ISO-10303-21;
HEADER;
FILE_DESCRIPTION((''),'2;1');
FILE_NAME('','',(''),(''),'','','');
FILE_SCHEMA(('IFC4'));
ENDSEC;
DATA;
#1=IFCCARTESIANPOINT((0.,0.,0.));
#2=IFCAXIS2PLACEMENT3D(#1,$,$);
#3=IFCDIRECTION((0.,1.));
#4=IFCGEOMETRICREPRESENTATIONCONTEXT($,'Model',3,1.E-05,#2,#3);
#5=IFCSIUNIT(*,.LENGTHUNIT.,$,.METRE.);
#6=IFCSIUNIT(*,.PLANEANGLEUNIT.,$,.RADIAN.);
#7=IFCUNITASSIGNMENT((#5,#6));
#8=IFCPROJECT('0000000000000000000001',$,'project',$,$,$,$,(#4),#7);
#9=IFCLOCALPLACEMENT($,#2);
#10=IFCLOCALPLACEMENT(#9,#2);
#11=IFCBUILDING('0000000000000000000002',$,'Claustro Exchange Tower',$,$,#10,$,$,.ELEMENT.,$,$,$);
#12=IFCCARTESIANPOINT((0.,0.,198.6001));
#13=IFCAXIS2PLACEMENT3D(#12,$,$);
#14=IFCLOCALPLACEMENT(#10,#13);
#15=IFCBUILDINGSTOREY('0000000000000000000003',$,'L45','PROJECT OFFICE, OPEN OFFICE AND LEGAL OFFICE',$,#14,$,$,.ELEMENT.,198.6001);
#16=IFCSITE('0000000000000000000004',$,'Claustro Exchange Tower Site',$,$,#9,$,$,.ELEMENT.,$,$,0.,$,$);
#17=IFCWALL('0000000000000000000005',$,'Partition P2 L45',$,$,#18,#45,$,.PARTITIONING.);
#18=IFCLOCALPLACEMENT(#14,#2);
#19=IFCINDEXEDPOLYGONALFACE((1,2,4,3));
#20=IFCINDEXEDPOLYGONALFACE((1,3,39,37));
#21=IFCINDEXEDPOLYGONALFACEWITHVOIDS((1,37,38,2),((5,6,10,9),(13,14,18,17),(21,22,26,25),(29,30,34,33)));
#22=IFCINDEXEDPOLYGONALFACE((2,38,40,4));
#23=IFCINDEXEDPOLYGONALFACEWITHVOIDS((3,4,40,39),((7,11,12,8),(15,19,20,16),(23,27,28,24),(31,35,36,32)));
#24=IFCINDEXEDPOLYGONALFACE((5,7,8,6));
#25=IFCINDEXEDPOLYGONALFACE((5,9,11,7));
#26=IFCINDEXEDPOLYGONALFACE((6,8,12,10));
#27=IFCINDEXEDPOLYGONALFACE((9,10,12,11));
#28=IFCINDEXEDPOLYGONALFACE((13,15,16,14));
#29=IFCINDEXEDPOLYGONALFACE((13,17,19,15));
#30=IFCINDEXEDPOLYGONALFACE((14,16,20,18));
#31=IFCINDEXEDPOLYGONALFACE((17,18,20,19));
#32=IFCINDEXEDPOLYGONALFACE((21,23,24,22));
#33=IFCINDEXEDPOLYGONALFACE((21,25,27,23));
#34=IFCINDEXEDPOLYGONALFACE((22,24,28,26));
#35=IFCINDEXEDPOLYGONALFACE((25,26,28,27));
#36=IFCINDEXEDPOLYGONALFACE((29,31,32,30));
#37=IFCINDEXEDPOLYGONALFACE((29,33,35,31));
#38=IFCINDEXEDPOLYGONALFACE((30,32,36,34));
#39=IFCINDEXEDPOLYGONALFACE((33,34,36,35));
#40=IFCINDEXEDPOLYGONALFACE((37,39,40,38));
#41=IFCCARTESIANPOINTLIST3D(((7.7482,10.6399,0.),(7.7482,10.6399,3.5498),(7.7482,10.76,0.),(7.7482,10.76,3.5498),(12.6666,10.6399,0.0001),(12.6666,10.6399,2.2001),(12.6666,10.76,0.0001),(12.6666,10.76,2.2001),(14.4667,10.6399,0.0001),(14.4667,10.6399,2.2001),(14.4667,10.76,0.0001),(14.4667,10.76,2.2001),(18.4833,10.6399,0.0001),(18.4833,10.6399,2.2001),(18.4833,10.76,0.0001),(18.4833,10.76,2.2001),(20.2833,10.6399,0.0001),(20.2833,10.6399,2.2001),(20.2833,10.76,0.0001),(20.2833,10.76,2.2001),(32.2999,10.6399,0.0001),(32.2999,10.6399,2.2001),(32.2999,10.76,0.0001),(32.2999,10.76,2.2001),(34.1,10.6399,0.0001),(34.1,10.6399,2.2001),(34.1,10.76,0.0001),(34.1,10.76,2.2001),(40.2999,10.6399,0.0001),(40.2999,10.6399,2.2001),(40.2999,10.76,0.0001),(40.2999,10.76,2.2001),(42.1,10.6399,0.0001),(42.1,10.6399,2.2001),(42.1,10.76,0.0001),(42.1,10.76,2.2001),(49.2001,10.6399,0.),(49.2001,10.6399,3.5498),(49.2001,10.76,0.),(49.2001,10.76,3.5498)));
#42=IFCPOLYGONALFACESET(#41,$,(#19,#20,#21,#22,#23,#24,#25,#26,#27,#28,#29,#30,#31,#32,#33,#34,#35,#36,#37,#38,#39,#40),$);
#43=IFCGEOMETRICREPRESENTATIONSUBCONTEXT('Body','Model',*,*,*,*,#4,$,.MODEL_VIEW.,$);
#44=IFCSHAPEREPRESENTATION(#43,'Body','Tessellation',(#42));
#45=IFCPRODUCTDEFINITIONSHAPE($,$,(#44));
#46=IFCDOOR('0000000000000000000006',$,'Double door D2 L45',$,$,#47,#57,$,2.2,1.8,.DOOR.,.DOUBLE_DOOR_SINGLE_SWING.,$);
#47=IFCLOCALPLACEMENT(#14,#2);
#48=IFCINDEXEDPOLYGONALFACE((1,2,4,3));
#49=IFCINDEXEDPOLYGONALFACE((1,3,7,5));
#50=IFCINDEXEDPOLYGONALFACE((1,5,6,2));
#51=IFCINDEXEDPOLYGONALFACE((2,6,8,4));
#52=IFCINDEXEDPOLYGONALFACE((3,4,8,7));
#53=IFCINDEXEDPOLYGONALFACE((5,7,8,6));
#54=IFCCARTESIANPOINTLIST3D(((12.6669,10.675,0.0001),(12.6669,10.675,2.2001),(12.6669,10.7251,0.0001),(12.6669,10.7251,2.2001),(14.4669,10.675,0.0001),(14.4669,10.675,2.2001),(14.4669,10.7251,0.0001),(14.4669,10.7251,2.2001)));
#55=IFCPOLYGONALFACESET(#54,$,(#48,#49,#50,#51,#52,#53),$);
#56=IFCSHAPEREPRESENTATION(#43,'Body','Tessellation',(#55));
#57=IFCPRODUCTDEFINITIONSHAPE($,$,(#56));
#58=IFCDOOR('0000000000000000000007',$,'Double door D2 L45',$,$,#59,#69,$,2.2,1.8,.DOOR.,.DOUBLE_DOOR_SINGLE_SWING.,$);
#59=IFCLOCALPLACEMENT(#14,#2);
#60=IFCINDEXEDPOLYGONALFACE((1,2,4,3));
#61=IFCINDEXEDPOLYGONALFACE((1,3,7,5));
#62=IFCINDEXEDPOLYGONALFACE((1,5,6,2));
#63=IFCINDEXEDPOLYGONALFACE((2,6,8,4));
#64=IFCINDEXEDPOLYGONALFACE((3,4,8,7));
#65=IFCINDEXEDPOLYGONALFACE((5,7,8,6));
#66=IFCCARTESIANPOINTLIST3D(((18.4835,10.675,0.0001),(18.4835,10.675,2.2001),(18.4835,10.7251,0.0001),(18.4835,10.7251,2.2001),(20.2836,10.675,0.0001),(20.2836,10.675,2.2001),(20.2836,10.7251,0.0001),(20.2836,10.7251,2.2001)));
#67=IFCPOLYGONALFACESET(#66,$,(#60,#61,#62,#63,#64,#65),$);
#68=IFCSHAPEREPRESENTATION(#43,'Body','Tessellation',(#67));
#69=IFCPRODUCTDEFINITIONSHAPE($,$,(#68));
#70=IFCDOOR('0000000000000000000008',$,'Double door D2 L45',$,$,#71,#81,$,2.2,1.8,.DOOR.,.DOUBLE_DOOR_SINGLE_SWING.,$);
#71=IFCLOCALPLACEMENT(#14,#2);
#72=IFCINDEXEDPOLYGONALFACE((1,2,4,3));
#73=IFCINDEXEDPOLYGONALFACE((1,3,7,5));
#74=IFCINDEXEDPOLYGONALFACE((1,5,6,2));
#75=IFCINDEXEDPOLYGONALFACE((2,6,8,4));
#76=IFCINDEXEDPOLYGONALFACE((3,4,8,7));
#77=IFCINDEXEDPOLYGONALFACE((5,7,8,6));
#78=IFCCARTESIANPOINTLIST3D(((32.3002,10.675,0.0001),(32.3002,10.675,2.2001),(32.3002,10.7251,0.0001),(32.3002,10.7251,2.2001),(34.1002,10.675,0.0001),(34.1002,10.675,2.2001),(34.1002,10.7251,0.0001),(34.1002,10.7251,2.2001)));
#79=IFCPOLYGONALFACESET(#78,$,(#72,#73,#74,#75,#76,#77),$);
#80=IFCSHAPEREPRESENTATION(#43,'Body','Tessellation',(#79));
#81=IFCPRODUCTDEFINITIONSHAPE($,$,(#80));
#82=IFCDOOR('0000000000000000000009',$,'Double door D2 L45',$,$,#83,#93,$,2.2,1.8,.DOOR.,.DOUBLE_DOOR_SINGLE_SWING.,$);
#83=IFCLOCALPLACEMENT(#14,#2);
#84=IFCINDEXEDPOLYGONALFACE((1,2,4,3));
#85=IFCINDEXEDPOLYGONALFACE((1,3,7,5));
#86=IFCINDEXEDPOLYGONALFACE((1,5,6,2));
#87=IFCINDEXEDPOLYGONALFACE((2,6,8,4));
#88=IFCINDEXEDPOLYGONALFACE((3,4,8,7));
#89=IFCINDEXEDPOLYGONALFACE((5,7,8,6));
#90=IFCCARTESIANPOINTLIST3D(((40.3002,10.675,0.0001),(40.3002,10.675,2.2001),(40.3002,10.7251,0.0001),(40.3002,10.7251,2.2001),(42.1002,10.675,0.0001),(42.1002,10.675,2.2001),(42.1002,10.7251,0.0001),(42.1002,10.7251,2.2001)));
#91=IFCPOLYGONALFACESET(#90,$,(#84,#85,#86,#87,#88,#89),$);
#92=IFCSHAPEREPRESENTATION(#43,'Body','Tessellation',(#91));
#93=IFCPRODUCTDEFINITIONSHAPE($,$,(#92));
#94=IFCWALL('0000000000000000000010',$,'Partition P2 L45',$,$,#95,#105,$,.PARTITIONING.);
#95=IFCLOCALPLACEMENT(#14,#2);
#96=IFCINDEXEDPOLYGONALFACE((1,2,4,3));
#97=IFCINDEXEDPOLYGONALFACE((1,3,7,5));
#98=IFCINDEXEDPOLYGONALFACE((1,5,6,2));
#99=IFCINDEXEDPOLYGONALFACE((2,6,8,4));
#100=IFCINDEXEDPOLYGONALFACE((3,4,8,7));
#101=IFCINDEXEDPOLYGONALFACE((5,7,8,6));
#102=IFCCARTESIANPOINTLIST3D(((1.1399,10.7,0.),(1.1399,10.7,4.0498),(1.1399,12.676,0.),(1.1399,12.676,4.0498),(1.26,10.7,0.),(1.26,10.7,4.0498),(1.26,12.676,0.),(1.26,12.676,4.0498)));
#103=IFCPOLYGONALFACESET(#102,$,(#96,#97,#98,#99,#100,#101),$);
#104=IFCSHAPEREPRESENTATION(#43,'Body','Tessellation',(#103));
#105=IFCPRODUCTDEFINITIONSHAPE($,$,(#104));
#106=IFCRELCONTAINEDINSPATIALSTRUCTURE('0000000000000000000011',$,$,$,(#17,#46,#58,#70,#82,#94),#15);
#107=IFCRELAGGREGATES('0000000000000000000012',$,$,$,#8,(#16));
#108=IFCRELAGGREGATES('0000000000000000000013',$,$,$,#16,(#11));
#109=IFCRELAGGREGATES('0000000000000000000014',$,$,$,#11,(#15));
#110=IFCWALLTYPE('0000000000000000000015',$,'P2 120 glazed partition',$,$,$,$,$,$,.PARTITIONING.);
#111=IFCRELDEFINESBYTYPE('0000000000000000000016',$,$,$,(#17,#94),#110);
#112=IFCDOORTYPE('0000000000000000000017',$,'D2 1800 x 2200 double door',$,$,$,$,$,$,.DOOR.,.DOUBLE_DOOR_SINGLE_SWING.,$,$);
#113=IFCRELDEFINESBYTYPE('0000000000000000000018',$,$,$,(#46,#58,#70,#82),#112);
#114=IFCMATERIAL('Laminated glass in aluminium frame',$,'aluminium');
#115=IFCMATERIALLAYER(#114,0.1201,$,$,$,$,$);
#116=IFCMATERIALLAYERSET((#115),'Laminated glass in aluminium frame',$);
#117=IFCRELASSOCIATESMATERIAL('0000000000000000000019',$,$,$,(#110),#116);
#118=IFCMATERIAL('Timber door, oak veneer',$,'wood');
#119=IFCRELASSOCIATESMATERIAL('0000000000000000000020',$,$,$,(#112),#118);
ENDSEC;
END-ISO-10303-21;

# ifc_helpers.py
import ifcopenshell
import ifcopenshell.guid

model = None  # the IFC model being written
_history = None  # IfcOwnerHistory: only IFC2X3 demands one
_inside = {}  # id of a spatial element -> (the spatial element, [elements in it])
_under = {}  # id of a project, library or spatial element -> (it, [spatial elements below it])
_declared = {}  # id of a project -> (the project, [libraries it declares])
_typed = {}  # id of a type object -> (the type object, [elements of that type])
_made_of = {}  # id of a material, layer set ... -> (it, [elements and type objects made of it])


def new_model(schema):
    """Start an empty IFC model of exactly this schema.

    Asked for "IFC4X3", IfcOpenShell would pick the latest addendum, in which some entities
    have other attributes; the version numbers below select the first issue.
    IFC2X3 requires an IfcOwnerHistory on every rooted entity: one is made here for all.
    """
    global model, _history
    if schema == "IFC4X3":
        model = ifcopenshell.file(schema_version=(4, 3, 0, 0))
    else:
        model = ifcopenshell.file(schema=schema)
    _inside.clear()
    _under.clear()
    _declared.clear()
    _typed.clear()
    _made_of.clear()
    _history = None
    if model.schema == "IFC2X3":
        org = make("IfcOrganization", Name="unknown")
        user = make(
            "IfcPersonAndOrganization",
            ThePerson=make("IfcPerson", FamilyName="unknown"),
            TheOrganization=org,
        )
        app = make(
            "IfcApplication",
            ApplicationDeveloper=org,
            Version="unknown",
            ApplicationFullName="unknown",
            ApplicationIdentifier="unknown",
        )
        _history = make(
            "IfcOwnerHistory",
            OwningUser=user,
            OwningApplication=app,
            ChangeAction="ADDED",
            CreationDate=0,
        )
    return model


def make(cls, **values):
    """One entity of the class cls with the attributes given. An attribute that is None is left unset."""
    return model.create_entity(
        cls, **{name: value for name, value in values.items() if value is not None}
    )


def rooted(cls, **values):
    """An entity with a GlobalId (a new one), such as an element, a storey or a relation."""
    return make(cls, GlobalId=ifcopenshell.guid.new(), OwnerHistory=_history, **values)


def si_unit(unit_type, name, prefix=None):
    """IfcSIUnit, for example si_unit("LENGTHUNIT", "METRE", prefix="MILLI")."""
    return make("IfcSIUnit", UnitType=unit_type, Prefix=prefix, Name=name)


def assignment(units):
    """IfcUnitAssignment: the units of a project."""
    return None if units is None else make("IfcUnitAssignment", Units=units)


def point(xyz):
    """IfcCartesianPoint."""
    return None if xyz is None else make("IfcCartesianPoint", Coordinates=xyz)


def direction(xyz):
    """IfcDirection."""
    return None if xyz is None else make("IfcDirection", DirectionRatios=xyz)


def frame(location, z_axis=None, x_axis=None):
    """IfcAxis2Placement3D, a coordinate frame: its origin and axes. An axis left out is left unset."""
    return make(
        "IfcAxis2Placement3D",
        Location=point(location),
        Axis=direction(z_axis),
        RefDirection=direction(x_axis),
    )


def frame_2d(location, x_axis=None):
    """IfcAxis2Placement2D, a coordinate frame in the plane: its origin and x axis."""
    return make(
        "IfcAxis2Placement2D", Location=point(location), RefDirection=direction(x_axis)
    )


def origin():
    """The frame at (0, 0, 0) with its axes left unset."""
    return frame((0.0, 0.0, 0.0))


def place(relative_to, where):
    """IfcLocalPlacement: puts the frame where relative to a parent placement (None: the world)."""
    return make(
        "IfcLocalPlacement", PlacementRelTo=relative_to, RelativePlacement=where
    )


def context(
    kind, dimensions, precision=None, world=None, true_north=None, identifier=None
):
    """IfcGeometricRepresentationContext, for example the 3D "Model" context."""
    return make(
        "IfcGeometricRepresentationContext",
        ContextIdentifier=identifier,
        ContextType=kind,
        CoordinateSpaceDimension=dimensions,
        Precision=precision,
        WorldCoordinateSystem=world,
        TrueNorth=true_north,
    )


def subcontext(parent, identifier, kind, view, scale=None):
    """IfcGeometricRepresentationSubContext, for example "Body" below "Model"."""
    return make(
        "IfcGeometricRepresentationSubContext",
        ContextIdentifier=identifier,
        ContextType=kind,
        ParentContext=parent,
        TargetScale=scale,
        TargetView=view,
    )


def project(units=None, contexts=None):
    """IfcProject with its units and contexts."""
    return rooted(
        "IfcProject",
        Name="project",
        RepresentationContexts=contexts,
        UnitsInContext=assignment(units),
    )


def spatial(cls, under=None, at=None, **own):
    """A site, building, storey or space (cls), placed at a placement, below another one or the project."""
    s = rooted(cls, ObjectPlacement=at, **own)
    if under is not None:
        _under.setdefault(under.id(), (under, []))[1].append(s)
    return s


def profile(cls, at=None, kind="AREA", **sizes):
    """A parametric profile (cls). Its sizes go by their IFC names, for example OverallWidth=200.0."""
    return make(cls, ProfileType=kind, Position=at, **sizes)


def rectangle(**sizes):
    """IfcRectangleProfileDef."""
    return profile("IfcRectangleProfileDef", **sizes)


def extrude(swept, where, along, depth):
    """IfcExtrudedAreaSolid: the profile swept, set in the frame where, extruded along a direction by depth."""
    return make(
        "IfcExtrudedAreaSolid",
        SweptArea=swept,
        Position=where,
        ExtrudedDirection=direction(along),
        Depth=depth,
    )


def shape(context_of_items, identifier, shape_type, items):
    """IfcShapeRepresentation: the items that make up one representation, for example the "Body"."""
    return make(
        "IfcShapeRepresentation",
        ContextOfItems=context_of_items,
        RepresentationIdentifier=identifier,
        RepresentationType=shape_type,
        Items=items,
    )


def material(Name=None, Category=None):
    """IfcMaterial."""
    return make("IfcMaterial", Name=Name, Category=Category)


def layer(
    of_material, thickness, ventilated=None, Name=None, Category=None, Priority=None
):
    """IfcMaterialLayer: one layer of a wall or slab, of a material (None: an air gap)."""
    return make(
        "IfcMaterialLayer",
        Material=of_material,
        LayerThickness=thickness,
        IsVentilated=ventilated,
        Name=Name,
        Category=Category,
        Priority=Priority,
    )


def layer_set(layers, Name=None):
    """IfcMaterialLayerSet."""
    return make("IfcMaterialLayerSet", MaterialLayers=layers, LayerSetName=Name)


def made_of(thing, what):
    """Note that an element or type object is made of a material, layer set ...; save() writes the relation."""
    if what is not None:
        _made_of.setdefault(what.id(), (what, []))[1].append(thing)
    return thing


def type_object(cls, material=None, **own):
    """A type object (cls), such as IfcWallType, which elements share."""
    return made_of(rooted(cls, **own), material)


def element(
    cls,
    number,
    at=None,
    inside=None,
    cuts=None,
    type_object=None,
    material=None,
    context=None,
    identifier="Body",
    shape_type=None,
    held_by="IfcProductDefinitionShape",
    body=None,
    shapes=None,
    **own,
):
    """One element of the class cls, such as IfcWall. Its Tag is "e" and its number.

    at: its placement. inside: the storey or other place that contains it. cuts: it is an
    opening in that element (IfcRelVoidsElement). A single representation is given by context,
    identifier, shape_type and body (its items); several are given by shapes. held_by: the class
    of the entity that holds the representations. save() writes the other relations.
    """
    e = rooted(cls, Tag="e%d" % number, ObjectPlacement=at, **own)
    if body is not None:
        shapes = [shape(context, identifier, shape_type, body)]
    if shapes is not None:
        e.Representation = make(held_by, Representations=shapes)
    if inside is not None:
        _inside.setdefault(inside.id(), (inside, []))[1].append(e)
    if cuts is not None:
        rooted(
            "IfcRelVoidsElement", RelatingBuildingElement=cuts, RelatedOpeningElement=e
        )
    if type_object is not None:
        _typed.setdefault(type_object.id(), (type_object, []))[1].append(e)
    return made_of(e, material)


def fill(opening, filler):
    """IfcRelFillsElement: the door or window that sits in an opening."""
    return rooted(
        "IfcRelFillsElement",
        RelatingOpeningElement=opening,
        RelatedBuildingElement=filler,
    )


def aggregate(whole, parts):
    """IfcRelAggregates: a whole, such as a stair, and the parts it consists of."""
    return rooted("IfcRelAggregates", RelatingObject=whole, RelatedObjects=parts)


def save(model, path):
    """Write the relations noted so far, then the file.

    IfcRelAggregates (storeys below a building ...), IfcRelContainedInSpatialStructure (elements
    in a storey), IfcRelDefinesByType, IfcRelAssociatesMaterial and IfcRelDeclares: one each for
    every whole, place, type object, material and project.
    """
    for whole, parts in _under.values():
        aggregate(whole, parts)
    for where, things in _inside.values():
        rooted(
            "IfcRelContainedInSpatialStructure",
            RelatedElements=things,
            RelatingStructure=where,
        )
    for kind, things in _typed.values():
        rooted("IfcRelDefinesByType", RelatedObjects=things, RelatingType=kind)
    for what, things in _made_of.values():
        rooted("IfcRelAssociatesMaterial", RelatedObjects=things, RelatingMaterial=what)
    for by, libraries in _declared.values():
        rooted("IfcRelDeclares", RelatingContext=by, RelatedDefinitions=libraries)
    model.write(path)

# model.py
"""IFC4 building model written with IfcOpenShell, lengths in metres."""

from ifc_helpers import new_model, si_unit, direction, frame, frame_2d, origin, place, context, subcontext, project, spatial, rectangle, extrude, material, layer, layer_set, type_object, element, fill, save


model = new_model("IFC4")

# Units and contexts
model_context = context("Model", 3, precision=1e-05, world=origin(), true_north=direction((0.0, 1.0)))
body_context = subcontext(model_context, "Body", "Model", "MODEL_VIEW")
ifc_project = project(units=[si_unit("LENGTHUNIT", "METRE"), si_unit("PLANEANGLEUNIT", "RADIAN")], contexts=[model_context])

# Site, building, storey
site_placement = place(None, origin())
site = spatial("IfcSite", under=ifc_project, at=site_placement, Name="Claustro Exchange Tower Site", CompositionType="ELEMENT", RefElevation=0.0)
building_placement = place(site_placement, origin())
building = spatial("IfcBuilding", under=site, at=building_placement, Name="Claustro Exchange Tower", CompositionType="ELEMENT")
storey_placement = place(building_placement, frame((0.0, 0.0, 198.6001)))
storey = spatial("IfcBuildingStorey", under=building, at=storey_placement, Name="L45", Description="PROJECT OFFICE, OPEN OFFICE AND LEGAL OFFICE", CompositionType="ELEMENT", Elevation=198.6001)

# Wall, openings, doors
ifc_material_1 = material(Name="Laminated glass in aluminium frame", Category="aluminium")
ifc_layer_1 = layer(ifc_material_1, 0.1201)
ifc_layer_set_1 = layer_set([ifc_layer_1], Name="Laminated glass in aluminium frame")
wall_type_1 = type_object("IfcWallType", Name="P2 120 glazed partition", PredefinedType="PARTITIONING", material=ifc_layer_set_1)
wall_1_placement = place(storey_placement, frame((7.748, 10.7, 0.0), z_axis=(0.0, 0.0, 1.0), x_axis=(1.0, 0.0, 0.0)))
wall_1 = element("IfcWall", 1, at=wall_1_placement, inside=storey, type_object=wall_type_1, Name="Partition P2 L45", PredefinedType="PARTITIONING", context=body_context, shape_type="SweptSolid", body=[
    extrude(rectangle(XDim=41.4519, YDim=0.1201, at=frame_2d((20.7261, 0.0))), origin(), (0.0, 0.0, 1.0), 3.5498),
])
opening_1_placement = place(wall_1_placement, frame((4.9187, 0.0, 0.0)))
opening_1 = element("IfcOpeningElement", 2, at=opening_1_placement, cuts=wall_1, PredefinedType="OPENING", context=body_context, shape_type="SweptSolid", body=[
    extrude(rectangle(XDim=1.8, YDim=2.2, at=frame_2d((0.8999, 1.1001))), frame((0.0, 0.0701, 0.0), z_axis=(0.0, -1.0, 0.0), x_axis=(1.0, 0.0, 0.0)), (0.0, 0.0, 1.0), 0.1401),
])
opening_2_placement = place(wall_1_placement, frame((10.7354, 0.0, 0.0)))
opening_2 = element("IfcOpeningElement", 3, at=opening_2_placement, cuts=wall_1, PredefinedType="OPENING", context=body_context, shape_type="SweptSolid", body=[
    extrude(rectangle(XDim=1.8, YDim=2.2, at=frame_2d((0.8999, 1.1001))), frame((0.0, 0.0701, 0.0), z_axis=(0.0, -1.0, 0.0), x_axis=(1.0, 0.0, 0.0)), (0.0, 0.0, 1.0), 0.1401),
])
opening_3_placement = place(wall_1_placement, frame((24.552, 0.0, 0.0)))
opening_3 = element("IfcOpeningElement", 4, at=opening_3_placement, cuts=wall_1, PredefinedType="OPENING", context=body_context, shape_type="SweptSolid", body=[
    extrude(rectangle(XDim=1.8, YDim=2.2, at=frame_2d((0.8999, 1.1001))), frame((0.0, 0.0701, 0.0), z_axis=(0.0, -1.0, 0.0), x_axis=(1.0, 0.0, 0.0)), (0.0, 0.0, 1.0), 0.1401),
])
opening_4_placement = place(wall_1_placement, frame((32.552, 0.0, 0.0)))
opening_4 = element("IfcOpeningElement", 5, at=opening_4_placement, cuts=wall_1, PredefinedType="OPENING", context=body_context, shape_type="SweptSolid", body=[
    extrude(rectangle(XDim=1.8, YDim=2.2, at=frame_2d((0.8999, 1.1001))), frame((0.0, 0.0701, 0.0), z_axis=(0.0, -1.0, 0.0), x_axis=(1.0, 0.0, 0.0)), (0.0, 0.0, 1.0), 0.1401),
])
ifc_material_2 = material(Name="Timber door, oak veneer", Category="wood")
door_type_1 = type_object("IfcDoorType", Name="D2 1800 x 2200 double door", OperationType="DOUBLE_DOOR_SINGLE_SWING", PredefinedType="DOOR", material=ifc_material_2)
door_1_placement = place(opening_1_placement, frame((1.8, 0.0, 0.0), z_axis=(0.0, 0.0, 1.0), x_axis=(-1.0, 0.0, 0.0)))
door_1 = element("IfcDoor", 6, at=door_1_placement, inside=storey, type_object=door_type_1, Name="Double door D2 L45", OperationType="DOUBLE_DOOR_SINGLE_SWING", OverallHeight=2.2, OverallWidth=1.8, PredefinedType="DOOR", context=body_context, shape_type="SweptSolid", body=[
    extrude(rectangle(XDim=1.8, YDim=2.2, at=frame_2d((0.8999, 1.1001))), frame((0.0, 0.0249, 0.0), z_axis=(0.0, -1.0, 0.0), x_axis=(1.0, 0.0, 0.0)), (0.0, 0.0, 1.0), 0.05),
])
fill(opening_1, door_1)
door_2_placement = place(opening_2_placement, frame((1.8, 0.0, 0.0), z_axis=(0.0, 0.0, 1.0), x_axis=(-1.0, 0.0, 0.0)))
door_2 = element("IfcDoor", 7, at=door_2_placement, inside=storey, type_object=door_type_1, Name="Double door D2 L45", OperationType="DOUBLE_DOOR_SINGLE_SWING", OverallHeight=2.2, OverallWidth=1.8, PredefinedType="DOOR", context=body_context, shape_type="SweptSolid", body=[
    extrude(rectangle(XDim=1.8, YDim=2.2, at=frame_2d((0.8999, 1.1001))), frame((0.0, 0.0249, 0.0), z_axis=(0.0, -1.0, 0.0), x_axis=(1.0, 0.0, 0.0)), (0.0, 0.0, 1.0), 0.05),
])
fill(opening_2, door_2)
door_3_placement = place(opening_3_placement, frame((1.8, 0.0, 0.0), z_axis=(0.0, 0.0, 1.0), x_axis=(-1.0, 0.0, 0.0)))
door_3 = element("IfcDoor", 8, at=door_3_placement, inside=storey, type_object=door_type_1, Name="Double door D2 L45", OperationType="DOUBLE_DOOR_SINGLE_SWING", OverallHeight=2.2, OverallWidth=1.8, PredefinedType="DOOR", context=body_context, shape_type="SweptSolid", body=[
    extrude(rectangle(XDim=1.8, YDim=2.2, at=frame_2d((0.8999, 1.1001))), frame((0.0, 0.0249, 0.0), z_axis=(0.0, -1.0, 0.0), x_axis=(1.0, 0.0, 0.0)), (0.0, 0.0, 1.0), 0.05),
])
fill(opening_3, door_3)
door_4_placement = place(opening_4_placement, frame((1.8, 0.0, 0.0), z_axis=(0.0, 0.0, 1.0), x_axis=(-1.0, 0.0, 0.0)))
door_4 = element("IfcDoor", 9, at=door_4_placement, inside=storey, type_object=door_type_1, Name="Double door D2 L45", OperationType="DOUBLE_DOOR_SINGLE_SWING", OverallHeight=2.2, OverallWidth=1.8, PredefinedType="DOOR", context=body_context, shape_type="SweptSolid", body=[
    extrude(rectangle(XDim=1.8, YDim=2.2, at=frame_2d((0.8999, 1.1001))), frame((0.0, 0.0249, 0.0), z_axis=(0.0, -1.0, 0.0), x_axis=(1.0, 0.0, 0.0)), (0.0, 0.0, 1.0), 0.05),
])
fill(opening_4, door_4)

# Wall
wall_2_placement = place(storey_placement, frame((1.2, 10.7, 0.0), z_axis=(0.0, 0.0, 1.0), x_axis=(0.0, 1.0, 0.0)))
element("IfcWall", 10, at=wall_2_placement, inside=storey, type_object=wall_type_1, Name="Partition P2 L45", PredefinedType="PARTITIONING", context=body_context, shape_type="SweptSolid", body=[
    extrude(rectangle(XDim=1.9761, YDim=0.1201, at=frame_2d((0.988, 0.0))), origin(), (0.0, 0.0, 1.0), 4.0498),
])

save(model, "model.ifc")
